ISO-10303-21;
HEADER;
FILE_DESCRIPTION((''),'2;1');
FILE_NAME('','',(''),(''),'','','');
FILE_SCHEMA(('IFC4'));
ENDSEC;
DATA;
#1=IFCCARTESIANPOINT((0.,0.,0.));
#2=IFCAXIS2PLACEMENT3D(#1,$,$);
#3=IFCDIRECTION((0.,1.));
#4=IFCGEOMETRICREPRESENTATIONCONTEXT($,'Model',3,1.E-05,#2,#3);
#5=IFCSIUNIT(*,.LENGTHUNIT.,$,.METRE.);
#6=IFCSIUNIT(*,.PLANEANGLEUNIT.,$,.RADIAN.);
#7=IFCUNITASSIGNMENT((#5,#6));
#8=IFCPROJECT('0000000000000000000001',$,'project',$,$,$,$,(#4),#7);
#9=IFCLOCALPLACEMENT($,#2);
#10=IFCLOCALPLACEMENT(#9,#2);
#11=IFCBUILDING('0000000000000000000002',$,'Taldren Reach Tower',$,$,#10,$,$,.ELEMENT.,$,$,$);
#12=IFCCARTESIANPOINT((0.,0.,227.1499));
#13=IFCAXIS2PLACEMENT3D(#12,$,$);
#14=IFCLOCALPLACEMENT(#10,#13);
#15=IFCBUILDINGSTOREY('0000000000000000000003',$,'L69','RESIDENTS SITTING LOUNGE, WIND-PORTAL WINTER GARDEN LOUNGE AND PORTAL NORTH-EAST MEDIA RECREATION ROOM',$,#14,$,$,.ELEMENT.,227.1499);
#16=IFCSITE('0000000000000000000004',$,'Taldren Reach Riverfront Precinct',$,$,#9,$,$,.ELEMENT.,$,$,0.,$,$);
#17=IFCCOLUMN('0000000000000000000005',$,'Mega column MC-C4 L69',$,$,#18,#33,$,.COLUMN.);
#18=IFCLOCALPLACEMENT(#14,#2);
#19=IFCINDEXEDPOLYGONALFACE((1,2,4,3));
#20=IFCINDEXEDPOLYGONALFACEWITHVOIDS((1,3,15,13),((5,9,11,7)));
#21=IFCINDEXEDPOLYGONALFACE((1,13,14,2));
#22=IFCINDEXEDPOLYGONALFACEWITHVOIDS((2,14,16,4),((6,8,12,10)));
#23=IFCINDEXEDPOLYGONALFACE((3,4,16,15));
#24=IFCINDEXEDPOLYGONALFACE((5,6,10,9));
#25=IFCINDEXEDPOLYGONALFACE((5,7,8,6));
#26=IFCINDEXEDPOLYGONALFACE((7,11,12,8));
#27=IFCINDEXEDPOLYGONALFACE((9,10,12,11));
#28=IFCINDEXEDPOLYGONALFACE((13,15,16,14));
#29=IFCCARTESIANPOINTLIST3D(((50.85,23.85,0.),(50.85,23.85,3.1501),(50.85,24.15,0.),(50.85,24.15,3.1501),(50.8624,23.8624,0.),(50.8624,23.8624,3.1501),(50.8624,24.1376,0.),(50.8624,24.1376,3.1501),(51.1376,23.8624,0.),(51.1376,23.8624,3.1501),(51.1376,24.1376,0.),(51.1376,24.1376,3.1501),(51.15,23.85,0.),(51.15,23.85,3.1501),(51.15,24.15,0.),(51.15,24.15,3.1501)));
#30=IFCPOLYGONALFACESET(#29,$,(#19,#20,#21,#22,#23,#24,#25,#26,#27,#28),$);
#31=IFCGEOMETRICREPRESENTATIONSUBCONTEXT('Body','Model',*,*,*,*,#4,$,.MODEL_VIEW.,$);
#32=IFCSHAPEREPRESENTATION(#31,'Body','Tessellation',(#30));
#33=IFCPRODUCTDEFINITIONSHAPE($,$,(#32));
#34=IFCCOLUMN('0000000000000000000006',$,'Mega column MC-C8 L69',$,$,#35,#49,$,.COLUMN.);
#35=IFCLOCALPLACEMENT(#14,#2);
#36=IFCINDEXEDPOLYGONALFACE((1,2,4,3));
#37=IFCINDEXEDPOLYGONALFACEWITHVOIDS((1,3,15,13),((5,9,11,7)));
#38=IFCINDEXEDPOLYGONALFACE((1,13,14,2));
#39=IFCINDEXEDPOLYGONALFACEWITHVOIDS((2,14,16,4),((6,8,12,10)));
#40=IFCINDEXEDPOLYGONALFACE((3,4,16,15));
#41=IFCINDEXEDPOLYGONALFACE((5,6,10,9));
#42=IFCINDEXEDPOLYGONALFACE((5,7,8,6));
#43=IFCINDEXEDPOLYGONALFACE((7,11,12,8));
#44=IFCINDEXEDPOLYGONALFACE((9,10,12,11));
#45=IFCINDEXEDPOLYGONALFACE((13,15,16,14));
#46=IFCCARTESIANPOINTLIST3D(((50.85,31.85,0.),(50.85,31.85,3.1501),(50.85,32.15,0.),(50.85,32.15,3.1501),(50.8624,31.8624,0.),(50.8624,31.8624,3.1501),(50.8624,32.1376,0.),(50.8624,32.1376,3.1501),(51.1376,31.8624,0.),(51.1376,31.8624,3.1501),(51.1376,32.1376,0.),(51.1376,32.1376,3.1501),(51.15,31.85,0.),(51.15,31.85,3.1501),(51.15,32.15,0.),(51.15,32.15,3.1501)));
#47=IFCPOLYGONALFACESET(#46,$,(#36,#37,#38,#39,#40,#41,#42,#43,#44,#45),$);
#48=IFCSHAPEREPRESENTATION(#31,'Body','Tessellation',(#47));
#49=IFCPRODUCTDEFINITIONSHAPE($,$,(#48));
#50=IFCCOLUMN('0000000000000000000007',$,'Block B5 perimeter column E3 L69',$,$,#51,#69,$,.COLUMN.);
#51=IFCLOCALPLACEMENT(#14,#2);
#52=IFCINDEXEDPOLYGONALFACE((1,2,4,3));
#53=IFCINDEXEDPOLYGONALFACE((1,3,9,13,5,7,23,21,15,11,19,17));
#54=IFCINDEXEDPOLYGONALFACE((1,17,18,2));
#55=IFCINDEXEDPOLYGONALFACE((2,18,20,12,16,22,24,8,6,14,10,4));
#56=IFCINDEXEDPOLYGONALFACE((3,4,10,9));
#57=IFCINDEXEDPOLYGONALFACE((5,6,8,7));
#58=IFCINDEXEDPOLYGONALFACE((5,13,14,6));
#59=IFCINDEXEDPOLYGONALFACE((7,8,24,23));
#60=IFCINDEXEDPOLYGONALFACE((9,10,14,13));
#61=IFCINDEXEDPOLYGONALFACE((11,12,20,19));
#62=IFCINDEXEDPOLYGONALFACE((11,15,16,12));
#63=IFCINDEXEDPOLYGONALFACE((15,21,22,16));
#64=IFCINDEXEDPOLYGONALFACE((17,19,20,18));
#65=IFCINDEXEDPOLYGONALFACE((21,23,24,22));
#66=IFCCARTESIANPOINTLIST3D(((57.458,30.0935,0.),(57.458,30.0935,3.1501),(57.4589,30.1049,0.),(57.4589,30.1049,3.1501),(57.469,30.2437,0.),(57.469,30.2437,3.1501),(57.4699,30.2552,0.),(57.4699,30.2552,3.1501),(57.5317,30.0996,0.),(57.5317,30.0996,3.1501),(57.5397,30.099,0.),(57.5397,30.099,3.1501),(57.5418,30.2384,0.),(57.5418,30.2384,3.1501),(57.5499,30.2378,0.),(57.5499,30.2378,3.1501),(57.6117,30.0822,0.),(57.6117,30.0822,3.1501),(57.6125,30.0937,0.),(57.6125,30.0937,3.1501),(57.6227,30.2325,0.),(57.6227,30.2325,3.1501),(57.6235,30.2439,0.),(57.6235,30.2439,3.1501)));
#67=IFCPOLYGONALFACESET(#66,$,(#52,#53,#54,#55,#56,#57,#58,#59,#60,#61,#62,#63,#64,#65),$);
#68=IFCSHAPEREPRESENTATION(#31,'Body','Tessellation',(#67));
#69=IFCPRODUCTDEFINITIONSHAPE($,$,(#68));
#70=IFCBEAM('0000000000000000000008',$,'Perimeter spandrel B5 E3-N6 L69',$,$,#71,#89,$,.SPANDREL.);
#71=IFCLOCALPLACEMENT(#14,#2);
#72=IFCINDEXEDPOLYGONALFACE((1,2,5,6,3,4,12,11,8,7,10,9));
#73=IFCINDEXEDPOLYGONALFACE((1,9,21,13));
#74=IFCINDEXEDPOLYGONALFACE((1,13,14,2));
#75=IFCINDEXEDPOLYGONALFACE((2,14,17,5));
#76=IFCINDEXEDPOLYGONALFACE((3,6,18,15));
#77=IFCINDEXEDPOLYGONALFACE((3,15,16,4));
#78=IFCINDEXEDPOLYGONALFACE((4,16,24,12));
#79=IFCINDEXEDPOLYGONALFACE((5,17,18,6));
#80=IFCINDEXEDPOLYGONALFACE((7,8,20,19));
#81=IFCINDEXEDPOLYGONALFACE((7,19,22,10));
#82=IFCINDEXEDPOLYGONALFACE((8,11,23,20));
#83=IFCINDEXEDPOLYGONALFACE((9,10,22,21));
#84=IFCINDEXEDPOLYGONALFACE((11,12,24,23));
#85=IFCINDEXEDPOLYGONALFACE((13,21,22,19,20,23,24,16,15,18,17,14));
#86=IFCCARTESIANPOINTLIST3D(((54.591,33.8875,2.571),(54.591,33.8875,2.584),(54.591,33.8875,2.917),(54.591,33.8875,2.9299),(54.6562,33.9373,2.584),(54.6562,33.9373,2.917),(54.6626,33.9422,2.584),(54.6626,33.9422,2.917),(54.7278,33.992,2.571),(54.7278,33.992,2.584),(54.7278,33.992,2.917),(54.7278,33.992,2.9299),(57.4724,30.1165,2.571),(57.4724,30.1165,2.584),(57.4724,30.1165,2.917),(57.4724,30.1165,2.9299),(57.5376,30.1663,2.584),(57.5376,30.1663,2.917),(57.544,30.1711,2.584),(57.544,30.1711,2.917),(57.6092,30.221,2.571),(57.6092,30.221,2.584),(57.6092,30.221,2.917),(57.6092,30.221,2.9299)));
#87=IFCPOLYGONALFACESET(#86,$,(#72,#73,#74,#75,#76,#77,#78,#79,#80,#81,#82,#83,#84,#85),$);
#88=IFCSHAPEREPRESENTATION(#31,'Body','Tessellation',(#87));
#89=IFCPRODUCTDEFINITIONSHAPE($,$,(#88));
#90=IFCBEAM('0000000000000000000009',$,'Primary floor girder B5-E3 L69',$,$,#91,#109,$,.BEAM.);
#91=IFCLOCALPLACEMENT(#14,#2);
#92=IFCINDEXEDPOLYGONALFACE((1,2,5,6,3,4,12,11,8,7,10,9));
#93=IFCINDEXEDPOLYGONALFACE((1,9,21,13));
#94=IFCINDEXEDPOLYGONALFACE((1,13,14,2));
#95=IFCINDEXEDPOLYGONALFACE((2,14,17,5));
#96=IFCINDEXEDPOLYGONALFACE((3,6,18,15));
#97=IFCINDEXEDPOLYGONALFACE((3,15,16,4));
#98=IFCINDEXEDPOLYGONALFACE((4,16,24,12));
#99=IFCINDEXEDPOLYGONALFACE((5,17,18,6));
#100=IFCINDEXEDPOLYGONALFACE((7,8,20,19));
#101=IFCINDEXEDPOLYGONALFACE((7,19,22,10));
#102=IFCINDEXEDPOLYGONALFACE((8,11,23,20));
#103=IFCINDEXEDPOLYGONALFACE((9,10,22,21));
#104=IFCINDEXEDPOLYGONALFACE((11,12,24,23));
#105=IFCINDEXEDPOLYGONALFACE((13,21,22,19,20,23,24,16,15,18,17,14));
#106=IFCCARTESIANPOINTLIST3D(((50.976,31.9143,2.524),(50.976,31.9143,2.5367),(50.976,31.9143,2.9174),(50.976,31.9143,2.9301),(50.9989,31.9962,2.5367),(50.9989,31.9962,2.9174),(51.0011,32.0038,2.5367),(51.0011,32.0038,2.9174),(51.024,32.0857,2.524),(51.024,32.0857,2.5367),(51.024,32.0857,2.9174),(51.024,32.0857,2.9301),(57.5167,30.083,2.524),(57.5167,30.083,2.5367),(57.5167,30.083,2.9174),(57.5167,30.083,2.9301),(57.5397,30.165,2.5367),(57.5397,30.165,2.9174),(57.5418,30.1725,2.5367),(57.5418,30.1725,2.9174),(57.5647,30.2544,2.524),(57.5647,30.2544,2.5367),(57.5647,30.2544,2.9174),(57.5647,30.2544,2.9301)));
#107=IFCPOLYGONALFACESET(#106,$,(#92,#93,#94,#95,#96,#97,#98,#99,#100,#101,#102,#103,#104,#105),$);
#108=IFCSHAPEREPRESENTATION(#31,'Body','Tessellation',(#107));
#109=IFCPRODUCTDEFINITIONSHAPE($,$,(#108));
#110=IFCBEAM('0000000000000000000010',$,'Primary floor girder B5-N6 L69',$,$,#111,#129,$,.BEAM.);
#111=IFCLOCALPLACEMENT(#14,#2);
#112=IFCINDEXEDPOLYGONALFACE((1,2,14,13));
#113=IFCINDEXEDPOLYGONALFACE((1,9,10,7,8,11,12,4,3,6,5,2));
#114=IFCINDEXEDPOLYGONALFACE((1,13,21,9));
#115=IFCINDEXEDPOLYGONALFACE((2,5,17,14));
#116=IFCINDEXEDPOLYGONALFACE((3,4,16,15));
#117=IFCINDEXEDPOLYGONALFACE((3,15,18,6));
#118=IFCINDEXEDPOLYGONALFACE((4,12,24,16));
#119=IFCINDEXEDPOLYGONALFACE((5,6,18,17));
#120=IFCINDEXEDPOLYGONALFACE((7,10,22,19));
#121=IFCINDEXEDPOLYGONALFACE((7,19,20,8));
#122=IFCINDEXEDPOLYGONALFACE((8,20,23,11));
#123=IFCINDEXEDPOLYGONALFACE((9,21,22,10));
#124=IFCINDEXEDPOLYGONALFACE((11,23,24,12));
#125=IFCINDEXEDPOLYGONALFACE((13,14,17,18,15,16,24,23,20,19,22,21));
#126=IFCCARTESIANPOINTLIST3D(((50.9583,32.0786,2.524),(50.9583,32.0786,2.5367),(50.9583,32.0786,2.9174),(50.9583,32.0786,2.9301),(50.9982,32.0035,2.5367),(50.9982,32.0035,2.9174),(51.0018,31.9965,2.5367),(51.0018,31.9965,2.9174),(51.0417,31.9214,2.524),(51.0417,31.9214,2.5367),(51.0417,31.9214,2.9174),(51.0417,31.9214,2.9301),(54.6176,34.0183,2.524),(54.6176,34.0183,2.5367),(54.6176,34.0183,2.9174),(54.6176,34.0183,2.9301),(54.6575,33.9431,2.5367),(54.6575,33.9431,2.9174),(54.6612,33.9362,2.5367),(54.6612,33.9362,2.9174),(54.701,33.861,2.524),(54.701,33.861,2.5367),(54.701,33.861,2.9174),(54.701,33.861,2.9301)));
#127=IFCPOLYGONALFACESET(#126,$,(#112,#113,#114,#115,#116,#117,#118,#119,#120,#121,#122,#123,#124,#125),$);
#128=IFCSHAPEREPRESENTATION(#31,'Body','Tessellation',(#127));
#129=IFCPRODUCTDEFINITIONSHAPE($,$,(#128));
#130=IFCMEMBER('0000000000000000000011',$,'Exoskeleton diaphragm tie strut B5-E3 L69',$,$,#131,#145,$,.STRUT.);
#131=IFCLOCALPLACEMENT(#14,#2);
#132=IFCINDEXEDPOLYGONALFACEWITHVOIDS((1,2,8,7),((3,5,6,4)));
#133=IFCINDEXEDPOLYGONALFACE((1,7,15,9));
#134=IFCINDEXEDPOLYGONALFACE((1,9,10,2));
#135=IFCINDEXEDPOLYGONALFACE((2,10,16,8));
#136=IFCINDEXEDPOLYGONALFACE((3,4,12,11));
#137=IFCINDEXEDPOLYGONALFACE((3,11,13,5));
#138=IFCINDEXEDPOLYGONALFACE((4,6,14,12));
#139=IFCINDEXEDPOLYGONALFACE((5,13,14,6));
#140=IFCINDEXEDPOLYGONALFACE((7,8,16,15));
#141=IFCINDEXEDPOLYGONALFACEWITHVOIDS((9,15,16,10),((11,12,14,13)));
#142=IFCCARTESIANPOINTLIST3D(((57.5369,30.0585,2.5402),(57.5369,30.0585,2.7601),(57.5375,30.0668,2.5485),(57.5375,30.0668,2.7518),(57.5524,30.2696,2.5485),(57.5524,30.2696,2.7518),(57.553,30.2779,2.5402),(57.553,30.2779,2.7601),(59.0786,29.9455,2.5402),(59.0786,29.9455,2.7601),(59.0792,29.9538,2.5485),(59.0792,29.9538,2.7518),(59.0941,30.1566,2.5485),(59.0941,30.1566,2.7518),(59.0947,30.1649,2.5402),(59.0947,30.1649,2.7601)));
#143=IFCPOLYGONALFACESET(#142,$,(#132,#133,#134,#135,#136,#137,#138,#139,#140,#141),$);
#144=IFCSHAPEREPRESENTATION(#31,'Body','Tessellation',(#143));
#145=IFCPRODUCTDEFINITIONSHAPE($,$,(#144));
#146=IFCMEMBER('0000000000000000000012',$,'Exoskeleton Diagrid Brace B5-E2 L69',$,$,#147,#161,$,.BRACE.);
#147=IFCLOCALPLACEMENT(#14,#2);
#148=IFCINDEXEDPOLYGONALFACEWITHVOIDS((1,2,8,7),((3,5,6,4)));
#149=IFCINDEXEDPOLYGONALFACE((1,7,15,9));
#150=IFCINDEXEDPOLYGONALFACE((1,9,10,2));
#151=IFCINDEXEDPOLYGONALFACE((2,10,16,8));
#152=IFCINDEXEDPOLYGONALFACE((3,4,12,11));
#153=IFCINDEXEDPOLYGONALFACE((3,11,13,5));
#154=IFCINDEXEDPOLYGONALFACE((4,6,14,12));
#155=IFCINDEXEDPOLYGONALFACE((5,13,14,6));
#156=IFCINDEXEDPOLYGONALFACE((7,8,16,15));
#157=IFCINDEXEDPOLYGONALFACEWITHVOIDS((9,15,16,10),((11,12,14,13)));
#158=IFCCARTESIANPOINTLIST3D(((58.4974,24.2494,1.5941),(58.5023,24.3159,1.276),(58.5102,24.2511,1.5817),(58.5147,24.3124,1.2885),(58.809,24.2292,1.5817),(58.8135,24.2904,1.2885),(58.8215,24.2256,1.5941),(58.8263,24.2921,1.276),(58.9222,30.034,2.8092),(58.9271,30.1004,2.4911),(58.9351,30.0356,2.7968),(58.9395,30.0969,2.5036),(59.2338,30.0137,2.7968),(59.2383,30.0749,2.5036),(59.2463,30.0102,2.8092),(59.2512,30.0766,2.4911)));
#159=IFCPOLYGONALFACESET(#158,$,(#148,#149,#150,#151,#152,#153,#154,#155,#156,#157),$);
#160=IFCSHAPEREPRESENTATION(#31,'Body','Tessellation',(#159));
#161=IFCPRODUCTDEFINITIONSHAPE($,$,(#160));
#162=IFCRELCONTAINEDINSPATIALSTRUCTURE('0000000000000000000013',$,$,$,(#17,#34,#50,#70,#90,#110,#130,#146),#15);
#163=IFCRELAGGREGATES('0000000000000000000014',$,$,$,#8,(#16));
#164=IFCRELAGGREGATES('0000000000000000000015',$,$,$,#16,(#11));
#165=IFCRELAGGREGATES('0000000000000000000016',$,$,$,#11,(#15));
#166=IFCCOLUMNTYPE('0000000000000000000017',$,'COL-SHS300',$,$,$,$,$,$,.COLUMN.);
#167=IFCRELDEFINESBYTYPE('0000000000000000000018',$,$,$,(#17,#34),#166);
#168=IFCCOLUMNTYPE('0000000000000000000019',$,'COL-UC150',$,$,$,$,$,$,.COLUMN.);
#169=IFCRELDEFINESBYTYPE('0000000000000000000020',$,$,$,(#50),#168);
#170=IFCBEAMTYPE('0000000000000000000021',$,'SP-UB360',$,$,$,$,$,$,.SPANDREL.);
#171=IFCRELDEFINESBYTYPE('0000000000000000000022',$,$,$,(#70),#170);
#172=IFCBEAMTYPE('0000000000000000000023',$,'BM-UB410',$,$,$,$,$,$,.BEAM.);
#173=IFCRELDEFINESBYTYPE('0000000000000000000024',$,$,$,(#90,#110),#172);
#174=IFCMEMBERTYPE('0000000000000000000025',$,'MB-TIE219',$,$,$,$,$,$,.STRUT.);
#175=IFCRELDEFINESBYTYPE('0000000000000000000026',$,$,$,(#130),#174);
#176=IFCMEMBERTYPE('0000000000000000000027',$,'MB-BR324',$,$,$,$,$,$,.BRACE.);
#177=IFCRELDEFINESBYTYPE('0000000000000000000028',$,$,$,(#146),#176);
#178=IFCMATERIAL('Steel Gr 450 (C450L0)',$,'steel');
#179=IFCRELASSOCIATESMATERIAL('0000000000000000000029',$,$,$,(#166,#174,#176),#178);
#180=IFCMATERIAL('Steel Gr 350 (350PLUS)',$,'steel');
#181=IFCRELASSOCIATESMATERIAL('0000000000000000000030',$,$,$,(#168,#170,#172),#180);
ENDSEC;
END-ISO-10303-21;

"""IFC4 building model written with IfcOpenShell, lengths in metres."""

from ifc_helpers import new_model, si_unit, direction, frame, origin, origin_2d, place, context, subcontext, project, spatial, hollow_rectangle, i_section, extrude, source, transform, mapped, material, material_profile, profile_set, type_object, element, save


model = new_model("IFC4")

# Units and contexts
model_context = context("Model", 3, precision=1e-05, world=origin(), true_north=direction((0.0, 1.0)))
body_context = subcontext(model_context, "Body", "Model", "MODEL_VIEW")
ifc_project = project(units=[si_unit("LENGTHUNIT", "METRE"), si_unit("PLANEANGLEUNIT", "RADIAN")], contexts=[model_context])

# Site, building, storey
site_placement = place(None, origin())
site = spatial("IfcSite", under=ifc_project, at=site_placement, Name="Taldren Reach Riverfront Precinct", CompositionType="ELEMENT", RefElevation=0.0)
building_placement = place(site_placement, origin())
building = spatial("IfcBuilding", under=site, at=building_placement, Name="Taldren Reach Tower", CompositionType="ELEMENT")
storey_placement = place(building_placement, frame((0.0, 0.0, 227.1499)))
storey = spatial("IfcBuildingStorey", under=building, at=storey_placement, Name="L69", Description="RESIDENTS SITTING LOUNGE, WIND-PORTAL WINTER GARDEN LOUNGE AND PORTAL NORTH-EAST MEDIA RECREATION ROOM", CompositionType="ELEMENT", Elevation=227.1499)

# Columns
ifc_material_1 = material(Name="Steel Gr 450 (C450L0)", Category="steel")
ifc_material_profile_1 = material_profile(ifc_material_1, hollow_rectangle(XDim=0.3, YDim=0.3, WallThickness=0.0125, at=origin_2d()), Name="300x300x12.5SHS")
ifc_profile_set_1 = profile_set([ifc_material_profile_1], Name="Steel Gr 450 (C450L0)")
column_type_1 = type_object("IfcColumnType", Name="COL-SHS300", PredefinedType="COLUMN", material=ifc_profile_set_1)
shared_shape_1 = source(origin(), body_context, "Body", "SweptSolid", [
    extrude(hollow_rectangle(XDim=0.3, YDim=0.3, WallThickness=0.0125, at=origin_2d()), origin(), (0.0, 0.0, 1.0), 3.1501),
])
for number, where, z_axis, x_axis, name in (
    (1, (51.0, 24.0, 0.0), (0.0, 0.0, 1.0), (1.0, 0.0, 0.0), "Mega column MC-C4 L69"),
    (2, (51.0, 32.0, 0.0), (0.0, 0.0, 1.0), (1.0, 0.0, 0.0), "Mega column MC-C8 L69"),
):
    element("IfcColumn", number, at=place(storey_placement, frame(where, z_axis=z_axis, x_axis=x_axis)), inside=storey, type_object=column_type_1, Name=name, PredefinedType="COLUMN", context=body_context, shape_type="MappedRepresentation", body=[
        mapped(shared_shape_1, transform((0.0, 0.0, 0.0), scale=1.0)),
    ])
ifc_material_2 = material(Name="Steel Gr 350 (350PLUS)", Category="steel")
ifc_material_profile_2 = material_profile(ifc_material_2, i_section(OverallWidth=0.1541, OverallDepth=0.1621, WebThickness=0.0081, FlangeThickness=0.0115, at=origin_2d()), Name="150UC37.2")
ifc_profile_set_2 = profile_set([ifc_material_profile_2], Name="Steel Gr 350 (350PLUS)")
column_type_2 = type_object("IfcColumnType", Name="COL-UC150", PredefinedType="COLUMN", material=ifc_profile_set_2)
shared_shape_2 = source(origin(), body_context, "Body", "SweptSolid", [
    extrude(i_section(OverallWidth=0.1541, OverallDepth=0.1621, WebThickness=0.0081, FlangeThickness=0.0115, at=origin_2d()), origin(), (0.0, 0.0, 1.0), 3.1501),
])
column_placement = place(storey_placement, frame((57.5408, 30.1687, 0.0), z_axis=(0.0, 0.0, 1.0), x_axis=(0.997314, -0.073238, 0.0)))
element("IfcColumn", 3, at=column_placement, inside=storey, type_object=column_type_2, Name="Block B5 perimeter column E3 L69", PredefinedType="COLUMN", context=body_context, shape_type="MappedRepresentation", body=[
    mapped(shared_shape_2, transform((0.0, 0.0, 0.0), scale=1.0)),
])

# Beams
ifc_material_profile_3 = material_profile(ifc_material_2, i_section(OverallWidth=0.1721, OverallDepth=0.3589, WebThickness=0.0081, FlangeThickness=0.0129, at=origin_2d()), Name="360UB56.7")
ifc_profile_set_3 = profile_set([ifc_material_profile_3], Name="Steel Gr 350 (350PLUS)")
beam_type_1 = type_object("IfcBeamType", Name="SP-UB360", PredefinedType="SPANDREL", material=ifc_profile_set_3)
shared_shape_3 = source(origin(), body_context, "Body", "SweptSolid", [
    extrude(i_section(OverallWidth=0.1721, OverallDepth=0.3589, WebThickness=0.0081, FlangeThickness=0.0129, at=origin_2d()), origin(), (0.0, 0.0, 1.0), 4.7458),
])
beam_1_placement = place(storey_placement, frame((57.5408, 30.1687, 2.7505), z_axis=(-0.607137, 0.794597, 0.0), x_axis=(-0.794597, -0.607137, 0.0)))
element("IfcBeam", 4, at=beam_1_placement, inside=storey, type_object=beam_type_1, Name="Perimeter spandrel B5 E3-N6 L69", PredefinedType="SPANDREL", context=body_context, shape_type="MappedRepresentation", body=[
    mapped(shared_shape_3, transform((0.0, 0.0, 0.0), scale=1.0)),
])
ifc_material_profile_4 = material_profile(ifc_material_2, i_section(OverallWidth=0.178, OverallDepth=0.406, WebThickness=0.0078, FlangeThickness=0.0127, at=origin_2d()), Name="410UB59.7")
ifc_profile_set_4 = profile_set([ifc_material_profile_4], Name="Steel Gr 350 (350PLUS)")
beam_type_2 = type_object("IfcBeamType", Name="BM-UB410", PredefinedType="BEAM", material=ifc_profile_set_4)
shared_shape_4 = source(origin(), body_context, "Body", "SweptSolid", [
    extrude(i_section(OverallWidth=0.178, OverallDepth=0.406, WebThickness=0.0078, FlangeThickness=0.0127, at=origin_2d()), origin(), (0.0, 0.0, 1.0), 6.7922),
])
beam_2_placement = place(storey_placement, frame((51.0, 32.0, 2.7271), z_axis=(0.962968, -0.269614, 0.0), x_axis=(0.269614, 0.962968, 0.0)))
element("IfcBeam", 5, at=beam_2_placement, inside=storey, type_object=beam_type_2, Name="Primary floor girder B5-E3 L69", PredefinedType="BEAM", context=body_context, shape_type="MappedRepresentation", body=[
    mapped(shared_shape_4, transform((0.0, 0.0, 0.0), scale=1.0)),
])
shared_shape_5 = source(origin(), body_context, "Body", "SweptSolid", [
    extrude(i_section(OverallWidth=0.178, OverallDepth=0.406, WebThickness=0.0078, FlangeThickness=0.0127, at=origin_2d()), origin(), (0.0, 0.0, 1.0), 4.1416),
])
beam_3_placement = place(storey_placement, frame((51.0, 32.0, 2.7271), z_axis=(0.883553, 0.468332, 0.0), x_axis=(-0.468332, 0.883553, 0.0)))
element("IfcBeam", 6, at=beam_3_placement, inside=storey, type_object=beam_type_2, Name="Primary floor girder B5-N6 L69", PredefinedType="BEAM", context=body_context, shape_type="MappedRepresentation", body=[
    mapped(shared_shape_5, transform((0.0, 0.0, 0.0), scale=1.0)),
])

# Members
ifc_material_profile_5 = material_profile(ifc_material_1, hollow_rectangle(XDim=0.22, YDim=0.22, WallThickness=0.0083, at=origin_2d()), Name="220x220x8.2SHS")
ifc_profile_set_5 = profile_set([ifc_material_profile_5], Name="Steel Gr 450 (C450L0)")
member_type_1 = type_object("IfcMemberType", Name="MB-TIE219", PredefinedType="STRUT", material=ifc_profile_set_5)
shared_shape_6 = source(origin(), body_context, "Body", "SweptSolid", [
    extrude(hollow_rectangle(XDim=0.22, YDim=0.22, WallThickness=0.0083, at=origin_2d()), origin(), (0.0, 0.0, 1.0), 1.5459),
])
member_1_placement = place(storey_placement, frame((57.5449, 30.1682, 2.6501), z_axis=(0.997323, -0.073121, 0.0), x_axis=(0.073121, 0.997323, 0.0)))
element("IfcMember", 7, at=member_1_placement, inside=storey, type_object=member_type_1, Name="Exoskeleton diaphragm tie strut B5-E3 L69", PredefinedType="STRUT", context=body_context, shape_type="MappedRepresentation", body=[
    mapped(shared_shape_6, transform((0.0, 0.0, 0.0), scale=1.0)),
])
ifc_material_profile_6 = material_profile(ifc_material_1, hollow_rectangle(XDim=0.325, YDim=0.325, WallThickness=0.0127, at=origin_2d()), Name="325x325x12.7SHS")
ifc_profile_set_6 = profile_set([ifc_material_profile_6], Name="Steel Gr 450 (C450L0)")
member_type_2 = type_object("IfcMemberType", Name="MB-BR324", PredefinedType="BRACE", material=ifc_profile_set_6)
shared_shape_7 = source(origin(), body_context, "Body", "SweptSolid", [
    extrude(hollow_rectangle(XDim=0.325, YDim=0.325, WallThickness=0.0127, at=origin_2d()), origin(), (0.0, 0.0, 1.0), 5.926),
])
member_2_placement = place(storey_placement, frame((58.6619, 24.2708, 1.4351), z_axis=(0.071686, 0.976123, 0.205046), x_axis=(-0.997314, 0.073242, 0.0)))
element("IfcMember", 8, at=member_2_placement, inside=storey, type_object=member_type_2, Name="Exoskeleton Diagrid Brace B5-E2 L69", PredefinedType="BRACE", context=body_context, shape_type="MappedRepresentation", body=[
    mapped(shared_shape_7, transform((0.0, 0.0, 0.0), scale=1.0)),
])

save(model, "model.ifc")
